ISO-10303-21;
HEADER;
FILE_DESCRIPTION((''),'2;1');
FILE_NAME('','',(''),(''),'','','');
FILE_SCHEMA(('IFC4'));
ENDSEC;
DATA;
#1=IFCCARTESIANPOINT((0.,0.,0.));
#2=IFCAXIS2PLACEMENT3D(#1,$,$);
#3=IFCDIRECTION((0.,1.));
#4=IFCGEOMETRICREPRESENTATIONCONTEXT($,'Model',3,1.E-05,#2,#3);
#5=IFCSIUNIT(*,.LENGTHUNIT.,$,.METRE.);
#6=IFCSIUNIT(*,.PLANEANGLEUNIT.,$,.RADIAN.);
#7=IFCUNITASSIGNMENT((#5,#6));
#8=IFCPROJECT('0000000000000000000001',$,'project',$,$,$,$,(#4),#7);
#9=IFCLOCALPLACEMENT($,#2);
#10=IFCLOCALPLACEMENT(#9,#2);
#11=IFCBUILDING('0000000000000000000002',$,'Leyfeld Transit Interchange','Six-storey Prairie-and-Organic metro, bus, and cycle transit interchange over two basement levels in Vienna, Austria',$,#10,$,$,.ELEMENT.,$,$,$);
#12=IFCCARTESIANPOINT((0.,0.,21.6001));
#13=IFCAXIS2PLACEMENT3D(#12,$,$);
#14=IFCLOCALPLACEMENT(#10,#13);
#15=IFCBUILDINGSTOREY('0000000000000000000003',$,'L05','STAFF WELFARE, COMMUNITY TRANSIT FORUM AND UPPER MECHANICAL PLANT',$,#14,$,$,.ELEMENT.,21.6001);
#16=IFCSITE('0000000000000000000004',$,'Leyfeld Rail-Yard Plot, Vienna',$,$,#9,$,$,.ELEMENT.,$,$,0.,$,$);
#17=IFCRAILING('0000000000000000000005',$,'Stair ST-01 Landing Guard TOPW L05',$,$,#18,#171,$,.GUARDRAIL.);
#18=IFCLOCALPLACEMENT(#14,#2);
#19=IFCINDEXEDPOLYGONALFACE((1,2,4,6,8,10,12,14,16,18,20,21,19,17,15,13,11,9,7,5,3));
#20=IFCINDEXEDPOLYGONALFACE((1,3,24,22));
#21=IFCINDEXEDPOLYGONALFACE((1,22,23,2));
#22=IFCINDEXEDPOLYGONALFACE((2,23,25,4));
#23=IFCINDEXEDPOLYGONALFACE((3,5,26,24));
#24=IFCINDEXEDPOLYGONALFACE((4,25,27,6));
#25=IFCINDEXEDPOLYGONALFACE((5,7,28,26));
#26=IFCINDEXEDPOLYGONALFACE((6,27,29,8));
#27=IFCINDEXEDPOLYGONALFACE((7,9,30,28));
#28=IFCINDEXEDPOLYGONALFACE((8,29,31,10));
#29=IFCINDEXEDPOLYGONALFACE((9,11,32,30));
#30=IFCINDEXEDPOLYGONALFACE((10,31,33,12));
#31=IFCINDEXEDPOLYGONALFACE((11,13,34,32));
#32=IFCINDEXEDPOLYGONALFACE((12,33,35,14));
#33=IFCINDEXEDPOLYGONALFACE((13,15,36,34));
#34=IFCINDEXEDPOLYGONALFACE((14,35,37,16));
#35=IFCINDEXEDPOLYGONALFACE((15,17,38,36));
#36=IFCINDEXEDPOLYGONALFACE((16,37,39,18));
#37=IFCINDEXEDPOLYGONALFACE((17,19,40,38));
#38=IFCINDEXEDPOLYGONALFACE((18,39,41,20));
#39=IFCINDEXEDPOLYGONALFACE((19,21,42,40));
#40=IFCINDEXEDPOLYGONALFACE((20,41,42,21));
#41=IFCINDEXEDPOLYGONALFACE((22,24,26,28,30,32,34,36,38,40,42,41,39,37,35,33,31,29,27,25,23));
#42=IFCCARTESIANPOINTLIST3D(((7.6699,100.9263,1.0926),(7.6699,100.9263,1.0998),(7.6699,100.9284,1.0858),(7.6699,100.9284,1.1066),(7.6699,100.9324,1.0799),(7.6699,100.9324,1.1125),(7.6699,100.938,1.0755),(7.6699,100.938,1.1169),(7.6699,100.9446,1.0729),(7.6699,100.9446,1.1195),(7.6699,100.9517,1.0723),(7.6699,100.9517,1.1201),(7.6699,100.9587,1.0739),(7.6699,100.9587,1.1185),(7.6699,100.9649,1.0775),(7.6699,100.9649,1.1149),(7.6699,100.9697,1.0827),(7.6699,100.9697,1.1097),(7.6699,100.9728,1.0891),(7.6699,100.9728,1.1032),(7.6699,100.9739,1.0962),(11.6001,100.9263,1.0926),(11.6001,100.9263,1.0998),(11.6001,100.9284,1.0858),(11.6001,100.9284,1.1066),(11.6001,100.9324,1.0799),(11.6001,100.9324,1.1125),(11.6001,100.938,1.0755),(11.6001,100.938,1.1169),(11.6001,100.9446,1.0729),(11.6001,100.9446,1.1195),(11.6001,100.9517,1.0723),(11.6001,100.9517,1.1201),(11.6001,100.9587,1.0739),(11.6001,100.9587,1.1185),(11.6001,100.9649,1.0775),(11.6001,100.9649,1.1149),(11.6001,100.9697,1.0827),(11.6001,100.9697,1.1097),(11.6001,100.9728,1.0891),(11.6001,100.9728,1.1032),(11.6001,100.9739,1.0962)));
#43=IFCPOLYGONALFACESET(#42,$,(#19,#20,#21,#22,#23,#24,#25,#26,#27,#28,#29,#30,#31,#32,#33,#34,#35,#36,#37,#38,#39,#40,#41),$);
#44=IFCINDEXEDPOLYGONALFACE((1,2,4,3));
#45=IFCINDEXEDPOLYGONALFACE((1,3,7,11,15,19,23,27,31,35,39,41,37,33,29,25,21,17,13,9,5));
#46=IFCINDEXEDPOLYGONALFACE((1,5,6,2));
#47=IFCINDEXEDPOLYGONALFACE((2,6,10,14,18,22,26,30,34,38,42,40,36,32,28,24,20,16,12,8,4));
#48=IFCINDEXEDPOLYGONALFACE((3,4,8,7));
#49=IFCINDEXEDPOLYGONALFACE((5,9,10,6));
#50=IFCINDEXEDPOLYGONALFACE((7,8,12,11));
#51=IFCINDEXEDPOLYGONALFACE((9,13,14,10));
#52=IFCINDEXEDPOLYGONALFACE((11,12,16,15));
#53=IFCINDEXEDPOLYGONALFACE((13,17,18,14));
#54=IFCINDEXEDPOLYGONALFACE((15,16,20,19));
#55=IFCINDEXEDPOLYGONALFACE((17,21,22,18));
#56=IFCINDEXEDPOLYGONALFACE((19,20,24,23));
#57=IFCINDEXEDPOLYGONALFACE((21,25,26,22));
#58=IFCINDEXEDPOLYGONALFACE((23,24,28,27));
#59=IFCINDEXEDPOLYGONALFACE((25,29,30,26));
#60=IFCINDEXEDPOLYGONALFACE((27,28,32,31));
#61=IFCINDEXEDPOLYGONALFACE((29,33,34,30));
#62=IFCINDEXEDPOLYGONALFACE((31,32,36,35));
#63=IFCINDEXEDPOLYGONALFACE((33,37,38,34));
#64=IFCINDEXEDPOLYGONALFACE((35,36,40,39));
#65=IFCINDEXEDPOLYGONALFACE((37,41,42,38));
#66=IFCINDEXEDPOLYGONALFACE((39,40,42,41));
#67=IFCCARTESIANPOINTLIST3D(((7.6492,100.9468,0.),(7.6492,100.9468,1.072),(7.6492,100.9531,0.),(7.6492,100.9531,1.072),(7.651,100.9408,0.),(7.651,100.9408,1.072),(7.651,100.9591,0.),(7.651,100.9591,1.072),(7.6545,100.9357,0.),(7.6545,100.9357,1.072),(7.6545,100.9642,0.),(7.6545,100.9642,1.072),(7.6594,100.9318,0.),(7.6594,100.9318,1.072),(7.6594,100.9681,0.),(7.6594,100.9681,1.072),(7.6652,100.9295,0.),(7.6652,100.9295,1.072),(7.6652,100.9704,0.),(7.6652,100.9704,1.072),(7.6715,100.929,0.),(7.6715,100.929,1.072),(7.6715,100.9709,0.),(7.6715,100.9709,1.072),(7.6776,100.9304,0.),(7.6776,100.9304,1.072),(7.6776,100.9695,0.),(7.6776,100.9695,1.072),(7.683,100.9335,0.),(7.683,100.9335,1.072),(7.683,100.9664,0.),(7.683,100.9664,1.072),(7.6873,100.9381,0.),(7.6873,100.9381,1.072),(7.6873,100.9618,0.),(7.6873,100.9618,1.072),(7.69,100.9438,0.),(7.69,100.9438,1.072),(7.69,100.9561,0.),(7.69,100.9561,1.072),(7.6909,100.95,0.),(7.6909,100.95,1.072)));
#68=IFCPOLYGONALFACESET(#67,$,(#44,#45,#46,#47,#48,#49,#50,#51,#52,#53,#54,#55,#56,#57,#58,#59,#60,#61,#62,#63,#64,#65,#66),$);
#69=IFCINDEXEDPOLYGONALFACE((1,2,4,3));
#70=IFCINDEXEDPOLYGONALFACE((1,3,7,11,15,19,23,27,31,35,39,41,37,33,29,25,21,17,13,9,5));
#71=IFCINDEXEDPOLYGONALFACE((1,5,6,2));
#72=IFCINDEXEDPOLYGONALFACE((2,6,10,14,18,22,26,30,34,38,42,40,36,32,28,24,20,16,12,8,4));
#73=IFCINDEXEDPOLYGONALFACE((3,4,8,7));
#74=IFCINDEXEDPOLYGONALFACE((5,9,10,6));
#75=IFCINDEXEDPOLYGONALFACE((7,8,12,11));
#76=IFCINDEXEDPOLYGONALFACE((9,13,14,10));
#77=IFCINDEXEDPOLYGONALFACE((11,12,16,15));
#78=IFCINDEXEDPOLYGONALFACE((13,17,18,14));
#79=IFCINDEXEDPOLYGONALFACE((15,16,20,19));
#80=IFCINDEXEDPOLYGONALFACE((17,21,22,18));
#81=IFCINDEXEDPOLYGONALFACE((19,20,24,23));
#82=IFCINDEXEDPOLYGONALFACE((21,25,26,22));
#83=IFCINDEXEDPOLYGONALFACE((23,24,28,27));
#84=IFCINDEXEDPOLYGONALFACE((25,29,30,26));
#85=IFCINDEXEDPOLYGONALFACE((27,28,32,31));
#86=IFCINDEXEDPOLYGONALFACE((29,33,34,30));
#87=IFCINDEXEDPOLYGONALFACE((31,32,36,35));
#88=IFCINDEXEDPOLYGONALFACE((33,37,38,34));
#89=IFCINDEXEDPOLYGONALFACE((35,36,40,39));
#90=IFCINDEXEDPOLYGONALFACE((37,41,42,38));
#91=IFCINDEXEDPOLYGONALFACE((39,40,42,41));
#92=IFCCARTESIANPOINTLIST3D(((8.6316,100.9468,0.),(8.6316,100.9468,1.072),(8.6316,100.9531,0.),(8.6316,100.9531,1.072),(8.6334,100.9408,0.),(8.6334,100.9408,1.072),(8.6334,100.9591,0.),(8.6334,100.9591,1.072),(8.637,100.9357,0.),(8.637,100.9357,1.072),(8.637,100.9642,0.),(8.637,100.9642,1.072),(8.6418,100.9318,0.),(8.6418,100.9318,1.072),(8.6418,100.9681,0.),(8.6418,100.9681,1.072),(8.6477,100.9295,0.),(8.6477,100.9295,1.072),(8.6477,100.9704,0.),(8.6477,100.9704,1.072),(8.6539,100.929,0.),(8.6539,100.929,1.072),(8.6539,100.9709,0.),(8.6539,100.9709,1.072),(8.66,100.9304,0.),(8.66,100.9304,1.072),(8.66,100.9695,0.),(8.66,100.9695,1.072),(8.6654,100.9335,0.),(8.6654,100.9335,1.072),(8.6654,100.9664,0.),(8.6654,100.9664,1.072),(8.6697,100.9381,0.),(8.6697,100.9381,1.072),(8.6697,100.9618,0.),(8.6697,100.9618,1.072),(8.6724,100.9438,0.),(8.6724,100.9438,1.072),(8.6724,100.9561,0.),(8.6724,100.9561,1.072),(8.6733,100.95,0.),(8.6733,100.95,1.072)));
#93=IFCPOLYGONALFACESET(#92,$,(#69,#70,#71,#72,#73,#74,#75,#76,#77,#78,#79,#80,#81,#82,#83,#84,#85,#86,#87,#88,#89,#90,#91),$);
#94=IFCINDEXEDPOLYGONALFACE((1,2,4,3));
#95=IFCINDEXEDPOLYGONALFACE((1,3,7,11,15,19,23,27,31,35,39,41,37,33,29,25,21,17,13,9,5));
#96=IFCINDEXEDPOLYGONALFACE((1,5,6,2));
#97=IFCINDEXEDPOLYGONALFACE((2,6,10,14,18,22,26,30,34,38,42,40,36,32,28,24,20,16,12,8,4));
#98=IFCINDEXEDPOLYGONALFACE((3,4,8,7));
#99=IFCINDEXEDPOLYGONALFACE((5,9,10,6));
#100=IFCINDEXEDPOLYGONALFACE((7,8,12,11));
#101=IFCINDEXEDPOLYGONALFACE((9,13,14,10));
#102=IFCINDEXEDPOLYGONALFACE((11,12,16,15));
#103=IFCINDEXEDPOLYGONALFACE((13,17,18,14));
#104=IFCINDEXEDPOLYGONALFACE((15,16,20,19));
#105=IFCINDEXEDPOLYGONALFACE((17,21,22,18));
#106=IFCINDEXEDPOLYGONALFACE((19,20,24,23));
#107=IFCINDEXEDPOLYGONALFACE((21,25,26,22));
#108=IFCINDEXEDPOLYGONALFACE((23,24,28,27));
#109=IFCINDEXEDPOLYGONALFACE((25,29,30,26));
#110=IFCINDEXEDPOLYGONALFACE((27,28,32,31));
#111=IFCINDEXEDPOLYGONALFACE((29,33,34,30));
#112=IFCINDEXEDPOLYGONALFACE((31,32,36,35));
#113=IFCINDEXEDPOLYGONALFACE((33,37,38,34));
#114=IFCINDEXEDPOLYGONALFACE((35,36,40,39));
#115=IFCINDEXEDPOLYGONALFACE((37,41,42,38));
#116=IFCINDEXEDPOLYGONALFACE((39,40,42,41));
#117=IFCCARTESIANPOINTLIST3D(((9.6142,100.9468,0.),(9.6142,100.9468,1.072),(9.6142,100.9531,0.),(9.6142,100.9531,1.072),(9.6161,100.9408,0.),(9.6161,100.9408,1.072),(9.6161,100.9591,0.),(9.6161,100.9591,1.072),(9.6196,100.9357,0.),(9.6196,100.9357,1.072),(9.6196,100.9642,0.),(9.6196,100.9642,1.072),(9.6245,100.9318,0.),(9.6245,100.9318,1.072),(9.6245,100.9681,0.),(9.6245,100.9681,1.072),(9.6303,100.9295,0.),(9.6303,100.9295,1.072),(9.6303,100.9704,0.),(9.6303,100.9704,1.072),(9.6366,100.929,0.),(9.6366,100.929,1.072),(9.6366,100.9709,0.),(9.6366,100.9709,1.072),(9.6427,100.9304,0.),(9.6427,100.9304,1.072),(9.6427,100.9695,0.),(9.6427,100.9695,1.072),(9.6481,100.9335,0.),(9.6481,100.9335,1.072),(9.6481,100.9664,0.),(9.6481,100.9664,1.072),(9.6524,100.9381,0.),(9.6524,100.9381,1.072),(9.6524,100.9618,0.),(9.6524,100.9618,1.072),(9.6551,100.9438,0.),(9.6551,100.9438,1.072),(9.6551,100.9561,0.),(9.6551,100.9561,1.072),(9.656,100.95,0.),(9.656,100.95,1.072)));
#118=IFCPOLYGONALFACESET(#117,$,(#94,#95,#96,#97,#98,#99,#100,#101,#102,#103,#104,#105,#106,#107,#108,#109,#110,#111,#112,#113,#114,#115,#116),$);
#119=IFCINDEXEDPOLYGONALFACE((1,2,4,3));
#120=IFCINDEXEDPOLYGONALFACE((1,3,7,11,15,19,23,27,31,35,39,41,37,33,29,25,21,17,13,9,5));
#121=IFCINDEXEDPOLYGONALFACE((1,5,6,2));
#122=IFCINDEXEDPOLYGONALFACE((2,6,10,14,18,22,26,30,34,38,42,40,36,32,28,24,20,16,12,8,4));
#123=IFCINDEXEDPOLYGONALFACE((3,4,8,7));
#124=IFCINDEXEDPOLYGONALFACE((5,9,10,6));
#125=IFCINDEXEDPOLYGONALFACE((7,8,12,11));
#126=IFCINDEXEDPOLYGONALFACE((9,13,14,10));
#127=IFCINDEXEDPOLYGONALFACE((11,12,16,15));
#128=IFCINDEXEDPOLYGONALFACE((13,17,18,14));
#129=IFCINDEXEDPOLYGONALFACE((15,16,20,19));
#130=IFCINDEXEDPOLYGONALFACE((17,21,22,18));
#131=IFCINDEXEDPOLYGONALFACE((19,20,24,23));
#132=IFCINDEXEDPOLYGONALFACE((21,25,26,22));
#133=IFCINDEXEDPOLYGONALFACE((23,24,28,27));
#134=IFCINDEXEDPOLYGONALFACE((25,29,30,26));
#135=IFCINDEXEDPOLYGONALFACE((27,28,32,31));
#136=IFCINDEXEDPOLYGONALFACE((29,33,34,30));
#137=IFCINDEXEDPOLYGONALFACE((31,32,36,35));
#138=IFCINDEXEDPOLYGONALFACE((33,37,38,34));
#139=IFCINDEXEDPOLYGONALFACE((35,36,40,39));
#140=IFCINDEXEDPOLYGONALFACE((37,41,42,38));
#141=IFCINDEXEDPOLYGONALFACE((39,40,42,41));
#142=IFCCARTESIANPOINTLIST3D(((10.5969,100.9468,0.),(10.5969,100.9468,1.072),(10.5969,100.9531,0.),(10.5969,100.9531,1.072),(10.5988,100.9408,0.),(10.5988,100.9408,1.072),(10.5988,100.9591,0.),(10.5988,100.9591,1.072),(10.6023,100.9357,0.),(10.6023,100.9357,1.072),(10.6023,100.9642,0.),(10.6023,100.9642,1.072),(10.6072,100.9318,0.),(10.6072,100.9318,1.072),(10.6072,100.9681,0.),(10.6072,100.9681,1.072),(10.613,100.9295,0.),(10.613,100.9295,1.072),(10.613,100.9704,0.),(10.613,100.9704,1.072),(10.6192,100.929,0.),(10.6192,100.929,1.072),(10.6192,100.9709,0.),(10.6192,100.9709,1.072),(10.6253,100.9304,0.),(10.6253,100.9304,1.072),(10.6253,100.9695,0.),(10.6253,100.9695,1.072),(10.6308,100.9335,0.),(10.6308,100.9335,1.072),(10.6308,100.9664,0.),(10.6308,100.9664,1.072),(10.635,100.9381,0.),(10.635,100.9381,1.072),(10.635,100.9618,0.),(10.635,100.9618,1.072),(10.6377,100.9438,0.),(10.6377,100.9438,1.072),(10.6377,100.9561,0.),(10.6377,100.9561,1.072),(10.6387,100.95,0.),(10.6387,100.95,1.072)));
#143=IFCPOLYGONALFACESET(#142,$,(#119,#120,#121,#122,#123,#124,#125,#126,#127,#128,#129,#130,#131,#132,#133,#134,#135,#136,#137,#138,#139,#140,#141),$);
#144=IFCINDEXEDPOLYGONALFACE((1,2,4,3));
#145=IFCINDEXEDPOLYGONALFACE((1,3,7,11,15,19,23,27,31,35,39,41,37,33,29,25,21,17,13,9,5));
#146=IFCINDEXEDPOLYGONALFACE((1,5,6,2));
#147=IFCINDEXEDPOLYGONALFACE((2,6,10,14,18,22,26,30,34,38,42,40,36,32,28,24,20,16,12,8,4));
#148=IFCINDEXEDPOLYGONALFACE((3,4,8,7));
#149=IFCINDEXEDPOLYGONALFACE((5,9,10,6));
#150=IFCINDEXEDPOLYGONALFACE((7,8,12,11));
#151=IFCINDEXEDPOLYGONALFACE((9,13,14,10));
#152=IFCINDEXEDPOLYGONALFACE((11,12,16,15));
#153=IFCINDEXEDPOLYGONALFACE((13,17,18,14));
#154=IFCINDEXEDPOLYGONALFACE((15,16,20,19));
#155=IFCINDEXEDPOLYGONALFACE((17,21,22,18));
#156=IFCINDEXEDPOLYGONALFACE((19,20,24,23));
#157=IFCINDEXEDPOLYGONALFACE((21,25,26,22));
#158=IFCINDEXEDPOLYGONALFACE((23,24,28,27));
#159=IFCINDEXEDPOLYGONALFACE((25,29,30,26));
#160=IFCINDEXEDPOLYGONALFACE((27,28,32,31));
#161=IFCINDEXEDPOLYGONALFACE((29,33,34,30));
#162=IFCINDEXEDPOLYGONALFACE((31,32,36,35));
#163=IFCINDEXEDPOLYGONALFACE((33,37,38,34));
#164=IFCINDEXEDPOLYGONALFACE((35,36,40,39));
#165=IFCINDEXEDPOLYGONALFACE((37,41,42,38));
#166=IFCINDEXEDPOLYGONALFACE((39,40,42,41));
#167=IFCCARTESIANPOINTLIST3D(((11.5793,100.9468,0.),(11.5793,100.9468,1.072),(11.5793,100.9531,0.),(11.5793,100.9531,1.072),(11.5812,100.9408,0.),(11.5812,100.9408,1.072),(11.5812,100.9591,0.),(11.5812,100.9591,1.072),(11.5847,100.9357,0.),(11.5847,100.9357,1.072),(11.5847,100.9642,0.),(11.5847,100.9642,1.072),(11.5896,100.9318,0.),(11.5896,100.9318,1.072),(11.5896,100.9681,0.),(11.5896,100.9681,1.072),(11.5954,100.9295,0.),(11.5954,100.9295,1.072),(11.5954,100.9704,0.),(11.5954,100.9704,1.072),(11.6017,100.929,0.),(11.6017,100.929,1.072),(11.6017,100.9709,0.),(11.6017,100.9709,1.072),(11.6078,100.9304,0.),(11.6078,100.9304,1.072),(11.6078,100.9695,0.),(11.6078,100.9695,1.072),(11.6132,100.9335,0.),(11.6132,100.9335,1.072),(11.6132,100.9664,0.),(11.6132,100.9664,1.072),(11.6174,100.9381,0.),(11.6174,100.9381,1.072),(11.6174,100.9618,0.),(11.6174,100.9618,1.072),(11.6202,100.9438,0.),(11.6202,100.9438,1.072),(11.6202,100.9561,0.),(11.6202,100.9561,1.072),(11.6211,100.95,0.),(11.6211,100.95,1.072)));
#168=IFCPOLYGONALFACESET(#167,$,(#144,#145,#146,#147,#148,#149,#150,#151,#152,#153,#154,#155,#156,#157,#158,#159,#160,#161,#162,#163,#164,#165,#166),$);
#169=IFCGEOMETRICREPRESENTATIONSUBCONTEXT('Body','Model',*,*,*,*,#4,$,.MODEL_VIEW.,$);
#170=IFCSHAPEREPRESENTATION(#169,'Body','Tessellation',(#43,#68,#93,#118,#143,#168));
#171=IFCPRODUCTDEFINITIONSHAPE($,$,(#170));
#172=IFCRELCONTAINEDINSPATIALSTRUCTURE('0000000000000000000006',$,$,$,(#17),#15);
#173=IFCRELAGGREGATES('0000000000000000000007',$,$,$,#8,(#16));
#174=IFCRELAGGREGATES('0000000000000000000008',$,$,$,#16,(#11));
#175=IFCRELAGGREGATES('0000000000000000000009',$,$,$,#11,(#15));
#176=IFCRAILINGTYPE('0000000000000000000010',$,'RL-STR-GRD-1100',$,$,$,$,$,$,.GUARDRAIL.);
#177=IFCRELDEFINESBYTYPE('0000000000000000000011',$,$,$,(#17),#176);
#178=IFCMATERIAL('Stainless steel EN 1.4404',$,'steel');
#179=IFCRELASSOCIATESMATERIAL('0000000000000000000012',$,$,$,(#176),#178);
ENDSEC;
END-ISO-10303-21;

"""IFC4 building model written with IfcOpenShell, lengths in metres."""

from ifc_helpers import new_model, si_unit, direction, frame, origin, origin_2d, place, context, subcontext, project, spatial, circle, extrude, material, type_object, element, save


model = new_model("IFC4")

# Units and contexts
model_context = context("Model", 3, precision=1e-05, world=origin(), true_north=direction((0.0, 1.0)))
body_context = subcontext(model_context, "Body", "Model", "MODEL_VIEW")
ifc_project = project(units=[si_unit("LENGTHUNIT", "METRE"), si_unit("PLANEANGLEUNIT", "RADIAN")], contexts=[model_context])

# Site, building, storey
site_placement = place(None, origin())
site = spatial("IfcSite", under=ifc_project, at=site_placement, Name="Leyfeld Rail-Yard Plot, Vienna", CompositionType="ELEMENT", RefElevation=0.0)
building_placement = place(site_placement, origin())
building = spatial("IfcBuilding", under=site, at=building_placement, Name="Leyfeld Transit Interchange", Description="Six-storey Prairie-and-Organic metro, bus, and cycle transit interchange over two basement levels in Vienna, Austria", CompositionType="ELEMENT")
storey_placement = place(building_placement, frame((0.0, 0.0, 21.6001)))
storey = spatial("IfcBuildingStorey", under=building, at=storey_placement, Name="L05", Description="STAFF WELFARE, COMMUNITY TRANSIT FORUM AND UPPER MECHANICAL PLANT", CompositionType="ELEMENT", Elevation=21.6001)

# Railing
ifc_material_1 = material(Name="Stainless steel EN 1.4404", Category="steel")
railing_type = type_object("IfcRailingType", Name="RL-STR-GRD-1100", PredefinedType="GUARDRAIL", material=ifc_material_1)
railing_1_placement = place(storey_placement, frame((7.6699, 100.95, 0.0)))
element("IfcRailing", 1, at=railing_1_placement, inside=storey, type_object=railing_type, Name="Stair ST-01 Landing Guard TOPW L05", PredefinedType="GUARDRAIL", context=body_context, shape_type="SweptSolid", body=[
    extrude(circle(Radius=0.0239, at=origin_2d()), frame((0.0, 0.0, 1.0962), z_axis=(1.0, 0.0, 0.0), x_axis=(0.0, 1.0, 0.0)), (0.0, 0.0, 1.0), 3.9302),
    extrude(circle(Radius=0.021, at=origin_2d()), origin(), (0.0, 0.0, 1.0), 1.072),
    extrude(circle(Radius=0.021, at=origin_2d()), frame((0.9824, 0.0, 0.0)), (0.0, 0.0, 1.0), 1.072),
    extrude(circle(Radius=0.021, at=origin_2d()), frame((1.9651, 0.0, 0.0)), (0.0, 0.0, 1.0), 1.072),
    extrude(circle(Radius=0.021, at=origin_2d()), frame((2.9478, 0.0, 0.0)), (0.0, 0.0, 1.0), 1.072),
    extrude(circle(Radius=0.021, at=origin_2d()), frame((3.9302, 0.0, 0.0)), (0.0, 0.0, 1.0), 1.072),
])

save(model, "model.ifc")
